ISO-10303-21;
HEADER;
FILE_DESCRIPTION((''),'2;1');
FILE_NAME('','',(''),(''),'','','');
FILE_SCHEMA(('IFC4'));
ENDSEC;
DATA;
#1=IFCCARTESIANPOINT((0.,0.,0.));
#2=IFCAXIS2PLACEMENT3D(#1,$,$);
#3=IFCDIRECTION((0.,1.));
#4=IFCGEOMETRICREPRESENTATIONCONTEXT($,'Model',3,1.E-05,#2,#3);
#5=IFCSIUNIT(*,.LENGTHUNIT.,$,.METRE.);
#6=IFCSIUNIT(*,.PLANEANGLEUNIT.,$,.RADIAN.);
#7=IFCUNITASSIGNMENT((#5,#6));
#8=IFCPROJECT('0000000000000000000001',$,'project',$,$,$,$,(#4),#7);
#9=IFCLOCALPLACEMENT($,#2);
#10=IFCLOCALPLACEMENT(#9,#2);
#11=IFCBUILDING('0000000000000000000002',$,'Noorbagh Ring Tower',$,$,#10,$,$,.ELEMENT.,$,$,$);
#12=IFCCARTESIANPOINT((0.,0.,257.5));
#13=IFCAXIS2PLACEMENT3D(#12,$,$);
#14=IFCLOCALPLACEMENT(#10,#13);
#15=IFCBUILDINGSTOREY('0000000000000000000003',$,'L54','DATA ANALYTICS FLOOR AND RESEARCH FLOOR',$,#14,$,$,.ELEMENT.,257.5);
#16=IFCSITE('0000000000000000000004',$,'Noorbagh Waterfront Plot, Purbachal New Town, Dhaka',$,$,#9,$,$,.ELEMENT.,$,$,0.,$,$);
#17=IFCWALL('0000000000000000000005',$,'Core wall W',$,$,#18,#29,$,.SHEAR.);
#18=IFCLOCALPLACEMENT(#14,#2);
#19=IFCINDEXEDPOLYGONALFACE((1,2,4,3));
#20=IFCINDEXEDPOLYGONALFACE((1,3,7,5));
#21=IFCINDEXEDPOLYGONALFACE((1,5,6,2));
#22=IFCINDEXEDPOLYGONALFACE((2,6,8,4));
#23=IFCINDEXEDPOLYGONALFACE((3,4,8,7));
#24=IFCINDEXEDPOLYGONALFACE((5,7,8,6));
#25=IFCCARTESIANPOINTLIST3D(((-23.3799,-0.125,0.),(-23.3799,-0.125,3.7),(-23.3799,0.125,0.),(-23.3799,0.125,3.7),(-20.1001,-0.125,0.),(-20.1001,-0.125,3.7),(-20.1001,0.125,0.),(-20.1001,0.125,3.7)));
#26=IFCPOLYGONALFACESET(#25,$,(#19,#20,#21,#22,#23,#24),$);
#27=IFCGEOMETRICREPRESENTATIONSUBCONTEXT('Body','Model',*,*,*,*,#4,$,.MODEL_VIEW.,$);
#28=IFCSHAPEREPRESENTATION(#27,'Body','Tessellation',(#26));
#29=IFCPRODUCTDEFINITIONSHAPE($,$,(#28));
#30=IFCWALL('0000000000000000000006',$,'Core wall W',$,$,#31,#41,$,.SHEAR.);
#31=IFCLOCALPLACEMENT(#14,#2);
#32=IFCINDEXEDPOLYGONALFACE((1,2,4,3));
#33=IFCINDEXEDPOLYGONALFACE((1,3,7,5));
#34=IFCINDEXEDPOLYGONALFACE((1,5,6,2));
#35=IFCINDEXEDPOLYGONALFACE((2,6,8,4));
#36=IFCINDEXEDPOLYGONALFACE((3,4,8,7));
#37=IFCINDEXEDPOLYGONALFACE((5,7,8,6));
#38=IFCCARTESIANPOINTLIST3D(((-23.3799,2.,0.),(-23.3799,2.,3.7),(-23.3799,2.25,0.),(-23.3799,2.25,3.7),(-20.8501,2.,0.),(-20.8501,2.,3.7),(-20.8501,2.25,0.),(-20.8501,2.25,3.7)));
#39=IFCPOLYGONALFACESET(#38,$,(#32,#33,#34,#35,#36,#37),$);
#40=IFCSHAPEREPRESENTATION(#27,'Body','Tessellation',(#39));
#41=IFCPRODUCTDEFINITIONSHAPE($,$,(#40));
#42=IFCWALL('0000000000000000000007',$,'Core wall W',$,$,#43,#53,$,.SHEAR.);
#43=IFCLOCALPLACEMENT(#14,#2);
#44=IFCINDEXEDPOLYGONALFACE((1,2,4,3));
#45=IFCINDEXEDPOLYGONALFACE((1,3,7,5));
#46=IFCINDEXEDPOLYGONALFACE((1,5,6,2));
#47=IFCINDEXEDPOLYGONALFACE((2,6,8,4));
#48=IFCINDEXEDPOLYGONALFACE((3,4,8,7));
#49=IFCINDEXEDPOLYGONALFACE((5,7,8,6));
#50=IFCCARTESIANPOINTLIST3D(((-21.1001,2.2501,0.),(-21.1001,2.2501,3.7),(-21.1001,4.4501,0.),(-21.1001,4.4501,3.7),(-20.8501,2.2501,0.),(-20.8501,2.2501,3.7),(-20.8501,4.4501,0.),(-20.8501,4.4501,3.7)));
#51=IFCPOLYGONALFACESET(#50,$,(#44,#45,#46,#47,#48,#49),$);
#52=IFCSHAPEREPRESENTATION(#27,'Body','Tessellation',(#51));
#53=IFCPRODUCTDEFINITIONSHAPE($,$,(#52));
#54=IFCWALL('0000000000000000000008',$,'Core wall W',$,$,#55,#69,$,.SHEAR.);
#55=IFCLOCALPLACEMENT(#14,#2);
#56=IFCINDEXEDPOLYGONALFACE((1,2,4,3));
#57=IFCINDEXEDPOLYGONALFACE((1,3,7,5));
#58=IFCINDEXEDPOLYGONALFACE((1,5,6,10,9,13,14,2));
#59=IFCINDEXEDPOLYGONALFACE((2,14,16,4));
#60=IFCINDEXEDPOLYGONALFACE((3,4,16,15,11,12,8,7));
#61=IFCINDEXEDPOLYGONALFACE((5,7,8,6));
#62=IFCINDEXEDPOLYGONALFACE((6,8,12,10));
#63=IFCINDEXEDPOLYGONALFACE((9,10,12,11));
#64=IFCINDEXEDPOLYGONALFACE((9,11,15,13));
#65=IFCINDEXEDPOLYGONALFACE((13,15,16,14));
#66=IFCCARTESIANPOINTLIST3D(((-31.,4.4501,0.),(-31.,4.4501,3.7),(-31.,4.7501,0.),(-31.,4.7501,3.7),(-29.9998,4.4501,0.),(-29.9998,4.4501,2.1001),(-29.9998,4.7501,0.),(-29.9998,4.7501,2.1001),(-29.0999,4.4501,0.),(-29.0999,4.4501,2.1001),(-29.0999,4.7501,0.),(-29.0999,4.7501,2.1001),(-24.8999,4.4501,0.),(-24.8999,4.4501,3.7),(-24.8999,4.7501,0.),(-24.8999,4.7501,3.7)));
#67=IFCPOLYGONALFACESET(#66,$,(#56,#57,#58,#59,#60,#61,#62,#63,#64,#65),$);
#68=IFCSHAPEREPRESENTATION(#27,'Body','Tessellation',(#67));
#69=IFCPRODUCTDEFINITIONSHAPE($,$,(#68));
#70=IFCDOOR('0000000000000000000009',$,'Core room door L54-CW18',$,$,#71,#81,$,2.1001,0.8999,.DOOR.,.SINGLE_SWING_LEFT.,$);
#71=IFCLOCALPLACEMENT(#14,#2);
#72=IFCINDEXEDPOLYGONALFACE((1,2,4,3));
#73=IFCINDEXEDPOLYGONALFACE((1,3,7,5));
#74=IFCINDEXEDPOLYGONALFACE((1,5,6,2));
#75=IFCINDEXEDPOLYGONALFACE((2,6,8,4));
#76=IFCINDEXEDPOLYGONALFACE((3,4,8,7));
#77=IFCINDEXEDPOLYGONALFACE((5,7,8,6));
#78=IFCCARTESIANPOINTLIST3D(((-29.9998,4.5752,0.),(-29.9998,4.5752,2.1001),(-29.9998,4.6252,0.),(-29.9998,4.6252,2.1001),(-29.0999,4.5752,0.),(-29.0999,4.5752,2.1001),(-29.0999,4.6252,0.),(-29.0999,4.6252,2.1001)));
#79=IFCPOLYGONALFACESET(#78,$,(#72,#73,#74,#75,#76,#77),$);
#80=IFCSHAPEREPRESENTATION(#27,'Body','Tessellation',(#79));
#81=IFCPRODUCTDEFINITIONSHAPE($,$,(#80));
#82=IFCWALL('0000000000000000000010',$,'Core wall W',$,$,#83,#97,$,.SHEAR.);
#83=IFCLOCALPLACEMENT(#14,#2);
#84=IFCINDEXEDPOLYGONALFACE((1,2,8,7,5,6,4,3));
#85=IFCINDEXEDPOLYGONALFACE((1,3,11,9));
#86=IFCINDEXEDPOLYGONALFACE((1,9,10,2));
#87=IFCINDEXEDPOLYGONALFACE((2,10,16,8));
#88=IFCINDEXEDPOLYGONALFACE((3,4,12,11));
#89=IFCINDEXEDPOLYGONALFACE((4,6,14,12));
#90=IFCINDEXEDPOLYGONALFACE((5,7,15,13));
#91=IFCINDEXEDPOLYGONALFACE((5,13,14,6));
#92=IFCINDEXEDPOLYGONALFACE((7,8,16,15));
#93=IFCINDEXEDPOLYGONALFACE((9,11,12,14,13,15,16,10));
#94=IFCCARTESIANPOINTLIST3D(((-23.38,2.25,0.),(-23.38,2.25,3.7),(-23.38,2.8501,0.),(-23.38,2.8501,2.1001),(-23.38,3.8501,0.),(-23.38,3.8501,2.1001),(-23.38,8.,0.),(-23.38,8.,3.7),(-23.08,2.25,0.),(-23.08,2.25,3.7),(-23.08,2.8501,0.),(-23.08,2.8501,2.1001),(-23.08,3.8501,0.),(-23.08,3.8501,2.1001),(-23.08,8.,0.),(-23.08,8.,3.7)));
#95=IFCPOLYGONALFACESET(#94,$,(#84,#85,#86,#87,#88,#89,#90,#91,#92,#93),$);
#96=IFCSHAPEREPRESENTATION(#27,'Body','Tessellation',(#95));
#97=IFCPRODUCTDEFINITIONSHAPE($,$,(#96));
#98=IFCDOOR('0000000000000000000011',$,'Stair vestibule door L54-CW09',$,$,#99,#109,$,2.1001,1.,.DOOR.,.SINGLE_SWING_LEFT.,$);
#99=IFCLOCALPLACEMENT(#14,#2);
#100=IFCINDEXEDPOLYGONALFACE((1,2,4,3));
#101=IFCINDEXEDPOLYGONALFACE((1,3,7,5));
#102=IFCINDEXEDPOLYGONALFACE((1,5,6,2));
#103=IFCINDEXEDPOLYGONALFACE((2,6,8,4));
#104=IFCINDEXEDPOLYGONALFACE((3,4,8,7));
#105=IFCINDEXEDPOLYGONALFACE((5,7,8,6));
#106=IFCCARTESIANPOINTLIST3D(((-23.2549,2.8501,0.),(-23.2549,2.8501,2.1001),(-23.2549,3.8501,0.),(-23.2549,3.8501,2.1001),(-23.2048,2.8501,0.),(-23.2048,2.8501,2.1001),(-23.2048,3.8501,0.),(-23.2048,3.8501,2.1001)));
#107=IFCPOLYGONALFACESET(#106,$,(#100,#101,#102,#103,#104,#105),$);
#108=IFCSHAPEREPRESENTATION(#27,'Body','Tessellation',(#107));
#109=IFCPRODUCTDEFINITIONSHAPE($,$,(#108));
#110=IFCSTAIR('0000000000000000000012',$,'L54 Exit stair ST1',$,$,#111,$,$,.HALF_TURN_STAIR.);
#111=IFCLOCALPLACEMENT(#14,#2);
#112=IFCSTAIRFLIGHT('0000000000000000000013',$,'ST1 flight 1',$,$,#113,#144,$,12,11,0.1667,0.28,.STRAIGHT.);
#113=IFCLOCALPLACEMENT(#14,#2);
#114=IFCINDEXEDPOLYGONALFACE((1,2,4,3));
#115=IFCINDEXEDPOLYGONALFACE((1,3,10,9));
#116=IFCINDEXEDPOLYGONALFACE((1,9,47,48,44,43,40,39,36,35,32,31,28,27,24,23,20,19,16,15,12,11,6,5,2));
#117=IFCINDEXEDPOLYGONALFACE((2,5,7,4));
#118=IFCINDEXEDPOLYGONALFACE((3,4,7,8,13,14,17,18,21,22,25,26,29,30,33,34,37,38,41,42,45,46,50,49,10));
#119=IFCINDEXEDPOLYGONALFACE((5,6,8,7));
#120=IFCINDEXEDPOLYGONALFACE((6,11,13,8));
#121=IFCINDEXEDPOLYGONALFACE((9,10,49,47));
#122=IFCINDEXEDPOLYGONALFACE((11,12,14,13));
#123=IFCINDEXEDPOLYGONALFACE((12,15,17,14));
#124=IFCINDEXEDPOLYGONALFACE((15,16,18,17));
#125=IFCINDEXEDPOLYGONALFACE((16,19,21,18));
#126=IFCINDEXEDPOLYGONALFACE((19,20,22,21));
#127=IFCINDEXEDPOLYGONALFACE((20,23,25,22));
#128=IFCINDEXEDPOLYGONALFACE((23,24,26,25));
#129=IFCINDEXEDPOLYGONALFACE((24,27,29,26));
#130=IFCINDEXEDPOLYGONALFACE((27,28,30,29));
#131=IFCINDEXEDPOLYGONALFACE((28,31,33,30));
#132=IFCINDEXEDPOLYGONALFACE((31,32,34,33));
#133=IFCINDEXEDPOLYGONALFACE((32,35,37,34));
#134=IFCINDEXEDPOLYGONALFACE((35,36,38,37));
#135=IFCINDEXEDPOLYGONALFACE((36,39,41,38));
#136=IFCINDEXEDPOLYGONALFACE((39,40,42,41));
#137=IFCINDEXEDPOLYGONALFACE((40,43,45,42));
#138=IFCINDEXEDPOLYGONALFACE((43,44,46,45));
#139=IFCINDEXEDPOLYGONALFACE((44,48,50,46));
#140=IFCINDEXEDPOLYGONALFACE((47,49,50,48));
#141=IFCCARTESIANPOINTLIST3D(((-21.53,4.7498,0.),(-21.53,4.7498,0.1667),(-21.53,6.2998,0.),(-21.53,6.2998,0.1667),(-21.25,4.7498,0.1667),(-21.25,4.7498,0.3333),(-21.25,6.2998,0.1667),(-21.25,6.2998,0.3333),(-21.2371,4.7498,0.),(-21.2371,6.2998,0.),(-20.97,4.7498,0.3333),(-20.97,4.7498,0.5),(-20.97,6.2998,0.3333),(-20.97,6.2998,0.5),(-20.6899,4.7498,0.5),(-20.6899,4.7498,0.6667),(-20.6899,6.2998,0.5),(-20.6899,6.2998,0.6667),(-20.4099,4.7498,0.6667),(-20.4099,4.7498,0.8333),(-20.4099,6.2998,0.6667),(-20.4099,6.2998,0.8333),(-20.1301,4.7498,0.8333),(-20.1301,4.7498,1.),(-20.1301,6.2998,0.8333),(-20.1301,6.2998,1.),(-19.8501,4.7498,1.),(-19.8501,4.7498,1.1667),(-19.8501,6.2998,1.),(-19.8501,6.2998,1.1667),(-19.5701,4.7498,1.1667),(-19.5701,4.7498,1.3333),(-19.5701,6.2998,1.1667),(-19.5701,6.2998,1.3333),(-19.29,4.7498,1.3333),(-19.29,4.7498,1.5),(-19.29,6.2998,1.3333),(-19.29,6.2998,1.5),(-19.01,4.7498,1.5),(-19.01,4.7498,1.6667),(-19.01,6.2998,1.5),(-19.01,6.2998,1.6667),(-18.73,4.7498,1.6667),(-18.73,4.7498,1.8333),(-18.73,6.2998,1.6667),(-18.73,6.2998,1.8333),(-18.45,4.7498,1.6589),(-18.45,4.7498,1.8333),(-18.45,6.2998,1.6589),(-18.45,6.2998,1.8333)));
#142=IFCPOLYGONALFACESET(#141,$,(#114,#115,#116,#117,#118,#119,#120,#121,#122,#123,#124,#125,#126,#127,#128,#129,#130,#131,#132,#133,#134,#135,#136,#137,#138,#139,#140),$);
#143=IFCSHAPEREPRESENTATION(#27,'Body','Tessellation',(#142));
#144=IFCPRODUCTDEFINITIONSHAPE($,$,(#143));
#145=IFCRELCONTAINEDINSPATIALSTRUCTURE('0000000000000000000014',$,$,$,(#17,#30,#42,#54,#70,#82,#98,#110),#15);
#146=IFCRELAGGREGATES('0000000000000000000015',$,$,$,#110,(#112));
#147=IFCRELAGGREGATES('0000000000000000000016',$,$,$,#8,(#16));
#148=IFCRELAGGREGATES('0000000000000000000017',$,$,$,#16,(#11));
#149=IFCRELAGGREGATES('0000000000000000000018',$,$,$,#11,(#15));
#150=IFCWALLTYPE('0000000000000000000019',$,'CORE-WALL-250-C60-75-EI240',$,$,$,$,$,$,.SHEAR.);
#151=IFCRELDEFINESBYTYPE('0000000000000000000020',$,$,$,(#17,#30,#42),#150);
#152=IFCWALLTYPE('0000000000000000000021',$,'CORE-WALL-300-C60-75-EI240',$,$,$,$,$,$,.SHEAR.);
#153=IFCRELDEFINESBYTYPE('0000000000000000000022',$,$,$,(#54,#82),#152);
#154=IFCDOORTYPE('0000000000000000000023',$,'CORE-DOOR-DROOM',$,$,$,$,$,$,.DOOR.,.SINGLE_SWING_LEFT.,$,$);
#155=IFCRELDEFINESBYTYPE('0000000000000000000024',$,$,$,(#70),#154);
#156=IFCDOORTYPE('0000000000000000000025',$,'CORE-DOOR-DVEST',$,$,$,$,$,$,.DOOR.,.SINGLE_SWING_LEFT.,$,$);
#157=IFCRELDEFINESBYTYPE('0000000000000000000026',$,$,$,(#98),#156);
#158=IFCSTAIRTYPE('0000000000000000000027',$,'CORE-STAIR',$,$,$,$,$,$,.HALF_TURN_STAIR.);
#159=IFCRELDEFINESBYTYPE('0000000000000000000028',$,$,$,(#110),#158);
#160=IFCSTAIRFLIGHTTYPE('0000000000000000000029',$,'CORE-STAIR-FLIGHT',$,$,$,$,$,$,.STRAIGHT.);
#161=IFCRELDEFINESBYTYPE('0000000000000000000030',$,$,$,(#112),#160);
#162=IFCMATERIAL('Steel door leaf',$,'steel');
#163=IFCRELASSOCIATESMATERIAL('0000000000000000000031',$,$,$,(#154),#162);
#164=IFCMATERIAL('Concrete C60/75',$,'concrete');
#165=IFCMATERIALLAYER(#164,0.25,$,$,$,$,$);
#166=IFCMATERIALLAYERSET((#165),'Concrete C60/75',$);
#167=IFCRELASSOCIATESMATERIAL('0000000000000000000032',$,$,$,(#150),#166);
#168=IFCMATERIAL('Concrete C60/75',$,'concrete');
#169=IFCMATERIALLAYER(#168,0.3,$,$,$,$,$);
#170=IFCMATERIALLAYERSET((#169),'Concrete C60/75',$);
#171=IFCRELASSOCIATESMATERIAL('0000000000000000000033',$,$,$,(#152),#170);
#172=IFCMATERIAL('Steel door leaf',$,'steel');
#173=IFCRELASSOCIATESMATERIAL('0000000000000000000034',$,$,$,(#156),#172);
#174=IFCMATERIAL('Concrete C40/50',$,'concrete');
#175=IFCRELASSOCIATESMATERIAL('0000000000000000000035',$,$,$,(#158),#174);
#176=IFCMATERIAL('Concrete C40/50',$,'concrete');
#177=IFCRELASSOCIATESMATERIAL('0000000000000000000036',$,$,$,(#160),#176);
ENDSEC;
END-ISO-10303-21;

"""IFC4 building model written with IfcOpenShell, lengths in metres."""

from ifc_helpers import new_model, si_unit, direction, frame, frame_2d, origin, place, context, subcontext, project, spatial, polyline, rectangle, outline, extrude, material, layer, layer_set, type_object, element, fill, aggregate, save


model = new_model("IFC4")

# Units and contexts
model_context = context("Model", 3, precision=1e-05, world=origin(), true_north=direction((0.0, 1.0)))
body_context = subcontext(model_context, "Body", "Model", "MODEL_VIEW")
ifc_project = project(units=[si_unit("LENGTHUNIT", "METRE"), si_unit("PLANEANGLEUNIT", "RADIAN")], contexts=[model_context])

# Site, building, storey
site_placement = place(None, origin())
site = spatial("IfcSite", under=ifc_project, at=site_placement, Name="Noorbagh Waterfront Plot, Purbachal New Town, Dhaka", CompositionType="ELEMENT", RefElevation=0.0)
building_placement = place(site_placement, origin())
building = spatial("IfcBuilding", under=site, at=building_placement, Name="Noorbagh Ring Tower", CompositionType="ELEMENT")
storey_placement = place(building_placement, frame((0.0, 0.0, 257.5)))
storey = spatial("IfcBuildingStorey", under=building, at=storey_placement, Name="L54", Description="DATA ANALYTICS FLOOR AND RESEARCH FLOOR", CompositionType="ELEMENT", Elevation=257.5)

# Shared definitions
ifc_material_1 = material(Name="Steel door leaf", Category="steel")
door_type_1 = type_object("IfcDoorType", Name="CORE-DOOR-DROOM", OperationType="SINGLE_SWING_LEFT", PredefinedType="DOOR", material=ifc_material_1)

# Walls
ifc_material_2 = material(Name="Concrete C60/75", Category="concrete")
ifc_layer_1 = layer(ifc_material_2, 0.25)
ifc_layer_set_1 = layer_set([ifc_layer_1], Name="Concrete C60/75")
wall_type_1 = type_object("IfcWallType", Name="CORE-WALL-250-C60-75-EI240", PredefinedType="SHEAR", material=ifc_layer_set_1)
wall_1_placement = place(storey_placement, frame((-20.1001, 0.0, 0.0), z_axis=(0.0, 0.0, 1.0), x_axis=(-1.0, 0.0, 0.0)))
element("IfcWall", 1, at=wall_1_placement, inside=storey, type_object=wall_type_1, Name="Core wall W", PredefinedType="SHEAR", context=body_context, shape_type="SweptSolid", body=[
    extrude(rectangle(XDim=3.2798, YDim=0.25, at=frame_2d((1.6399, 0.0))), origin(), (0.0, 0.0, 1.0), 3.7),
])
wall_2_placement = place(storey_placement, frame((-20.8501, 2.125, 0.0), z_axis=(0.0, 0.0, 1.0), x_axis=(-1.0, 0.0, 0.0)))
element("IfcWall", 2, at=wall_2_placement, inside=storey, type_object=wall_type_1, Name="Core wall W", PredefinedType="SHEAR", context=body_context, shape_type="SweptSolid", body=[
    extrude(rectangle(XDim=2.5298, YDim=0.25, at=frame_2d((1.2649, 0.0))), origin(), (0.0, 0.0, 1.0), 3.7),
])
wall_3_placement = place(storey_placement, frame((-20.9751, 2.25, 0.0), z_axis=(0.0, 0.0, 1.0), x_axis=(0.0, 1.0, 0.0)))
element("IfcWall", 3, at=wall_3_placement, inside=storey, type_object=wall_type_1, Name="Core wall W", PredefinedType="SHEAR", context=body_context, shape_type="SweptSolid", body=[
    extrude(rectangle(XDim=2.2, YDim=0.25, at=frame_2d((1.1001, 0.0))), origin(), (0.0, 0.0, 1.0), 3.7),
])

# Walls, openings, doors
ifc_material_3 = material(Name="Concrete C60/75", Category="concrete")
ifc_layer_2 = layer(ifc_material_3, 0.3)
ifc_layer_set_2 = layer_set([ifc_layer_2], Name="Concrete C60/75")
wall_type_2 = type_object("IfcWallType", Name="CORE-WALL-300-C60-75-EI240", PredefinedType="SHEAR", material=ifc_layer_set_2)
wall_4_placement = place(storey_placement, frame((-24.8999, 4.6001, 0.0), z_axis=(0.0, 0.0, 1.0), x_axis=(-1.0, 0.0, 0.0)))
wall_4 = element("IfcWall", 4, at=wall_4_placement, inside=storey, type_object=wall_type_2, Name="Core wall W", PredefinedType="SHEAR", context=body_context, shape_type="SweptSolid", body=[
    extrude(rectangle(XDim=6.1001, YDim=0.3, at=frame_2d((3.05, 0.0))), origin(), (0.0, 0.0, 1.0), 3.7),
])
opening_1_placement = place(wall_4_placement, frame((4.2, 0.0, 0.0)))
opening_1 = element("IfcOpeningElement", 5, at=opening_1_placement, cuts=wall_4, PredefinedType="OPENING", context=body_context, shape_type="SweptSolid", body=[
    extrude(rectangle(XDim=0.8999, YDim=2.1001, at=frame_2d((0.45, 1.05))), frame((0.0, 0.1602, 0.0), z_axis=(0.0, -1.0, 0.0), x_axis=(1.0, 0.0, 0.0)), (0.0, 0.0, 1.0), 0.3201),
])
door_1_placement = place(opening_1_placement, origin())
door_1 = element("IfcDoor", 6, at=door_1_placement, inside=storey, type_object=door_type_1, Name="Core room door L54-CW18", OperationType="SINGLE_SWING_LEFT", OverallHeight=2.1001, OverallWidth=0.8999, PredefinedType="DOOR", context=body_context, shape_type="SweptSolid", body=[
    extrude(rectangle(XDim=0.8999, YDim=2.1001, at=frame_2d((0.45, 1.05))), frame((0.0, 0.0249, 0.0), z_axis=(0.0, -1.0, 0.0), x_axis=(1.0, 0.0, 0.0)), (0.0, 0.0, 1.0), 0.05),
])
fill(opening_1, door_1)
wall_5_placement = place(storey_placement, frame((-23.23, 2.25, 0.0), z_axis=(0.0, 0.0, 1.0), x_axis=(0.0, 1.0, 0.0)))
wall_5 = element("IfcWall", 7, at=wall_5_placement, inside=storey, type_object=wall_type_2, Name="Core wall W", PredefinedType="SHEAR", context=body_context, shape_type="SweptSolid", body=[
    extrude(rectangle(XDim=5.75, YDim=0.3, at=frame_2d((2.875, 0.0))), origin(), (0.0, 0.0, 1.0), 3.7),
])
opening_2_placement = place(wall_5_placement, frame((0.6001, 0.0, 0.0)))
opening_2 = element("IfcOpeningElement", 8, at=opening_2_placement, cuts=wall_5, PredefinedType="OPENING", context=body_context, shape_type="SweptSolid", body=[
    extrude(rectangle(XDim=1.0, YDim=2.1001, at=frame_2d((0.5, 1.05))), frame((0.0, 0.1602, 0.0), z_axis=(0.0, -1.0, 0.0), x_axis=(1.0, 0.0, 0.0)), (0.0, 0.0, 1.0), 0.3201),
])
ifc_material_4 = material(Name="Steel door leaf", Category="steel")
door_type_2 = type_object("IfcDoorType", Name="CORE-DOOR-DVEST", OperationType="SINGLE_SWING_LEFT", PredefinedType="DOOR", material=ifc_material_4)
door_2_placement = place(opening_2_placement, origin())
door_2 = element("IfcDoor", 9, at=door_2_placement, inside=storey, type_object=door_type_2, Name="Stair vestibule door L54-CW09", OperationType="SINGLE_SWING_LEFT", OverallHeight=2.1001, OverallWidth=1.0, PredefinedType="DOOR", context=body_context, shape_type="SweptSolid", body=[
    extrude(rectangle(XDim=1.0, YDim=2.1001, at=frame_2d((0.5, 1.05))), frame((0.0, 0.0249, 0.0), z_axis=(0.0, -1.0, 0.0), x_axis=(1.0, 0.0, 0.0)), (0.0, 0.0, 1.0), 0.05),
])
fill(opening_2, door_2)

# Stair, stair flight
ifc_material_5 = material(Name="Concrete C40/50", Category="concrete")
stair_type = type_object("IfcStairType", Name="CORE-STAIR", PredefinedType="HALF_TURN_STAIR", material=ifc_material_5)
stair_placement = place(storey_placement, origin())
stair = element("IfcStair", 10, at=stair_placement, inside=storey, type_object=stair_type, Name="L54 Exit stair ST1", PredefinedType="HALF_TURN_STAIR")
ifc_material_6 = material(Name="Concrete C40/50", Category="concrete")
stair_flight_type = type_object("IfcStairFlightType", Name="CORE-STAIR-FLIGHT", PredefinedType="STRAIGHT", material=ifc_material_6)
stair_flight_placement = place(storey_placement, frame((-21.53, 5.5249, 0.0), z_axis=(0.0, 0.0, 1.0), x_axis=(1.0, 0.0, 0.0)))
stair_flight = element("IfcStairFlight", 11, at=stair_flight_placement, type_object=stair_flight_type, Name="ST1 flight 1", NumberOfRisers=12, NumberOfTreads=11, PredefinedType="STRAIGHT", RiserHeight=0.1667, TreadLength=0.28, context=body_context, shape_type="SweptSolid", body=[
    extrude(outline(polyline([(0.0, 0.0), (0.0, 0.1667), (0.28, 0.1667), (0.28, 0.3333), (0.5601, 0.3333), (0.5601, 0.5), (0.8401, 0.5), (0.8401, 0.6667), (1.1201, 0.6667), (1.1201, 0.8333), (1.3999, 0.8333), (1.3999, 1.0), (1.6799, 1.0), (1.6799, 1.1667), (1.96, 1.1667), (1.96, 1.3333), (2.24, 1.3333), (2.24, 1.5), (2.52, 1.5), (2.52, 1.6667), (2.8, 1.6667), (2.8, 1.8333), (3.0801, 1.8333), (3.0801, 2.0), (3.0801, 1.6589), (0.293, 0.0), (0.0, 0.0)])), frame((0.0, 0.7749, 0.0), z_axis=(0.0, -1.0, 0.0), x_axis=(1.0, 0.0, 0.0)), (0.0, 0.0, 1.0), 1.55),
])
aggregate(stair, [stair_flight])

save(model, "model.ifc")
